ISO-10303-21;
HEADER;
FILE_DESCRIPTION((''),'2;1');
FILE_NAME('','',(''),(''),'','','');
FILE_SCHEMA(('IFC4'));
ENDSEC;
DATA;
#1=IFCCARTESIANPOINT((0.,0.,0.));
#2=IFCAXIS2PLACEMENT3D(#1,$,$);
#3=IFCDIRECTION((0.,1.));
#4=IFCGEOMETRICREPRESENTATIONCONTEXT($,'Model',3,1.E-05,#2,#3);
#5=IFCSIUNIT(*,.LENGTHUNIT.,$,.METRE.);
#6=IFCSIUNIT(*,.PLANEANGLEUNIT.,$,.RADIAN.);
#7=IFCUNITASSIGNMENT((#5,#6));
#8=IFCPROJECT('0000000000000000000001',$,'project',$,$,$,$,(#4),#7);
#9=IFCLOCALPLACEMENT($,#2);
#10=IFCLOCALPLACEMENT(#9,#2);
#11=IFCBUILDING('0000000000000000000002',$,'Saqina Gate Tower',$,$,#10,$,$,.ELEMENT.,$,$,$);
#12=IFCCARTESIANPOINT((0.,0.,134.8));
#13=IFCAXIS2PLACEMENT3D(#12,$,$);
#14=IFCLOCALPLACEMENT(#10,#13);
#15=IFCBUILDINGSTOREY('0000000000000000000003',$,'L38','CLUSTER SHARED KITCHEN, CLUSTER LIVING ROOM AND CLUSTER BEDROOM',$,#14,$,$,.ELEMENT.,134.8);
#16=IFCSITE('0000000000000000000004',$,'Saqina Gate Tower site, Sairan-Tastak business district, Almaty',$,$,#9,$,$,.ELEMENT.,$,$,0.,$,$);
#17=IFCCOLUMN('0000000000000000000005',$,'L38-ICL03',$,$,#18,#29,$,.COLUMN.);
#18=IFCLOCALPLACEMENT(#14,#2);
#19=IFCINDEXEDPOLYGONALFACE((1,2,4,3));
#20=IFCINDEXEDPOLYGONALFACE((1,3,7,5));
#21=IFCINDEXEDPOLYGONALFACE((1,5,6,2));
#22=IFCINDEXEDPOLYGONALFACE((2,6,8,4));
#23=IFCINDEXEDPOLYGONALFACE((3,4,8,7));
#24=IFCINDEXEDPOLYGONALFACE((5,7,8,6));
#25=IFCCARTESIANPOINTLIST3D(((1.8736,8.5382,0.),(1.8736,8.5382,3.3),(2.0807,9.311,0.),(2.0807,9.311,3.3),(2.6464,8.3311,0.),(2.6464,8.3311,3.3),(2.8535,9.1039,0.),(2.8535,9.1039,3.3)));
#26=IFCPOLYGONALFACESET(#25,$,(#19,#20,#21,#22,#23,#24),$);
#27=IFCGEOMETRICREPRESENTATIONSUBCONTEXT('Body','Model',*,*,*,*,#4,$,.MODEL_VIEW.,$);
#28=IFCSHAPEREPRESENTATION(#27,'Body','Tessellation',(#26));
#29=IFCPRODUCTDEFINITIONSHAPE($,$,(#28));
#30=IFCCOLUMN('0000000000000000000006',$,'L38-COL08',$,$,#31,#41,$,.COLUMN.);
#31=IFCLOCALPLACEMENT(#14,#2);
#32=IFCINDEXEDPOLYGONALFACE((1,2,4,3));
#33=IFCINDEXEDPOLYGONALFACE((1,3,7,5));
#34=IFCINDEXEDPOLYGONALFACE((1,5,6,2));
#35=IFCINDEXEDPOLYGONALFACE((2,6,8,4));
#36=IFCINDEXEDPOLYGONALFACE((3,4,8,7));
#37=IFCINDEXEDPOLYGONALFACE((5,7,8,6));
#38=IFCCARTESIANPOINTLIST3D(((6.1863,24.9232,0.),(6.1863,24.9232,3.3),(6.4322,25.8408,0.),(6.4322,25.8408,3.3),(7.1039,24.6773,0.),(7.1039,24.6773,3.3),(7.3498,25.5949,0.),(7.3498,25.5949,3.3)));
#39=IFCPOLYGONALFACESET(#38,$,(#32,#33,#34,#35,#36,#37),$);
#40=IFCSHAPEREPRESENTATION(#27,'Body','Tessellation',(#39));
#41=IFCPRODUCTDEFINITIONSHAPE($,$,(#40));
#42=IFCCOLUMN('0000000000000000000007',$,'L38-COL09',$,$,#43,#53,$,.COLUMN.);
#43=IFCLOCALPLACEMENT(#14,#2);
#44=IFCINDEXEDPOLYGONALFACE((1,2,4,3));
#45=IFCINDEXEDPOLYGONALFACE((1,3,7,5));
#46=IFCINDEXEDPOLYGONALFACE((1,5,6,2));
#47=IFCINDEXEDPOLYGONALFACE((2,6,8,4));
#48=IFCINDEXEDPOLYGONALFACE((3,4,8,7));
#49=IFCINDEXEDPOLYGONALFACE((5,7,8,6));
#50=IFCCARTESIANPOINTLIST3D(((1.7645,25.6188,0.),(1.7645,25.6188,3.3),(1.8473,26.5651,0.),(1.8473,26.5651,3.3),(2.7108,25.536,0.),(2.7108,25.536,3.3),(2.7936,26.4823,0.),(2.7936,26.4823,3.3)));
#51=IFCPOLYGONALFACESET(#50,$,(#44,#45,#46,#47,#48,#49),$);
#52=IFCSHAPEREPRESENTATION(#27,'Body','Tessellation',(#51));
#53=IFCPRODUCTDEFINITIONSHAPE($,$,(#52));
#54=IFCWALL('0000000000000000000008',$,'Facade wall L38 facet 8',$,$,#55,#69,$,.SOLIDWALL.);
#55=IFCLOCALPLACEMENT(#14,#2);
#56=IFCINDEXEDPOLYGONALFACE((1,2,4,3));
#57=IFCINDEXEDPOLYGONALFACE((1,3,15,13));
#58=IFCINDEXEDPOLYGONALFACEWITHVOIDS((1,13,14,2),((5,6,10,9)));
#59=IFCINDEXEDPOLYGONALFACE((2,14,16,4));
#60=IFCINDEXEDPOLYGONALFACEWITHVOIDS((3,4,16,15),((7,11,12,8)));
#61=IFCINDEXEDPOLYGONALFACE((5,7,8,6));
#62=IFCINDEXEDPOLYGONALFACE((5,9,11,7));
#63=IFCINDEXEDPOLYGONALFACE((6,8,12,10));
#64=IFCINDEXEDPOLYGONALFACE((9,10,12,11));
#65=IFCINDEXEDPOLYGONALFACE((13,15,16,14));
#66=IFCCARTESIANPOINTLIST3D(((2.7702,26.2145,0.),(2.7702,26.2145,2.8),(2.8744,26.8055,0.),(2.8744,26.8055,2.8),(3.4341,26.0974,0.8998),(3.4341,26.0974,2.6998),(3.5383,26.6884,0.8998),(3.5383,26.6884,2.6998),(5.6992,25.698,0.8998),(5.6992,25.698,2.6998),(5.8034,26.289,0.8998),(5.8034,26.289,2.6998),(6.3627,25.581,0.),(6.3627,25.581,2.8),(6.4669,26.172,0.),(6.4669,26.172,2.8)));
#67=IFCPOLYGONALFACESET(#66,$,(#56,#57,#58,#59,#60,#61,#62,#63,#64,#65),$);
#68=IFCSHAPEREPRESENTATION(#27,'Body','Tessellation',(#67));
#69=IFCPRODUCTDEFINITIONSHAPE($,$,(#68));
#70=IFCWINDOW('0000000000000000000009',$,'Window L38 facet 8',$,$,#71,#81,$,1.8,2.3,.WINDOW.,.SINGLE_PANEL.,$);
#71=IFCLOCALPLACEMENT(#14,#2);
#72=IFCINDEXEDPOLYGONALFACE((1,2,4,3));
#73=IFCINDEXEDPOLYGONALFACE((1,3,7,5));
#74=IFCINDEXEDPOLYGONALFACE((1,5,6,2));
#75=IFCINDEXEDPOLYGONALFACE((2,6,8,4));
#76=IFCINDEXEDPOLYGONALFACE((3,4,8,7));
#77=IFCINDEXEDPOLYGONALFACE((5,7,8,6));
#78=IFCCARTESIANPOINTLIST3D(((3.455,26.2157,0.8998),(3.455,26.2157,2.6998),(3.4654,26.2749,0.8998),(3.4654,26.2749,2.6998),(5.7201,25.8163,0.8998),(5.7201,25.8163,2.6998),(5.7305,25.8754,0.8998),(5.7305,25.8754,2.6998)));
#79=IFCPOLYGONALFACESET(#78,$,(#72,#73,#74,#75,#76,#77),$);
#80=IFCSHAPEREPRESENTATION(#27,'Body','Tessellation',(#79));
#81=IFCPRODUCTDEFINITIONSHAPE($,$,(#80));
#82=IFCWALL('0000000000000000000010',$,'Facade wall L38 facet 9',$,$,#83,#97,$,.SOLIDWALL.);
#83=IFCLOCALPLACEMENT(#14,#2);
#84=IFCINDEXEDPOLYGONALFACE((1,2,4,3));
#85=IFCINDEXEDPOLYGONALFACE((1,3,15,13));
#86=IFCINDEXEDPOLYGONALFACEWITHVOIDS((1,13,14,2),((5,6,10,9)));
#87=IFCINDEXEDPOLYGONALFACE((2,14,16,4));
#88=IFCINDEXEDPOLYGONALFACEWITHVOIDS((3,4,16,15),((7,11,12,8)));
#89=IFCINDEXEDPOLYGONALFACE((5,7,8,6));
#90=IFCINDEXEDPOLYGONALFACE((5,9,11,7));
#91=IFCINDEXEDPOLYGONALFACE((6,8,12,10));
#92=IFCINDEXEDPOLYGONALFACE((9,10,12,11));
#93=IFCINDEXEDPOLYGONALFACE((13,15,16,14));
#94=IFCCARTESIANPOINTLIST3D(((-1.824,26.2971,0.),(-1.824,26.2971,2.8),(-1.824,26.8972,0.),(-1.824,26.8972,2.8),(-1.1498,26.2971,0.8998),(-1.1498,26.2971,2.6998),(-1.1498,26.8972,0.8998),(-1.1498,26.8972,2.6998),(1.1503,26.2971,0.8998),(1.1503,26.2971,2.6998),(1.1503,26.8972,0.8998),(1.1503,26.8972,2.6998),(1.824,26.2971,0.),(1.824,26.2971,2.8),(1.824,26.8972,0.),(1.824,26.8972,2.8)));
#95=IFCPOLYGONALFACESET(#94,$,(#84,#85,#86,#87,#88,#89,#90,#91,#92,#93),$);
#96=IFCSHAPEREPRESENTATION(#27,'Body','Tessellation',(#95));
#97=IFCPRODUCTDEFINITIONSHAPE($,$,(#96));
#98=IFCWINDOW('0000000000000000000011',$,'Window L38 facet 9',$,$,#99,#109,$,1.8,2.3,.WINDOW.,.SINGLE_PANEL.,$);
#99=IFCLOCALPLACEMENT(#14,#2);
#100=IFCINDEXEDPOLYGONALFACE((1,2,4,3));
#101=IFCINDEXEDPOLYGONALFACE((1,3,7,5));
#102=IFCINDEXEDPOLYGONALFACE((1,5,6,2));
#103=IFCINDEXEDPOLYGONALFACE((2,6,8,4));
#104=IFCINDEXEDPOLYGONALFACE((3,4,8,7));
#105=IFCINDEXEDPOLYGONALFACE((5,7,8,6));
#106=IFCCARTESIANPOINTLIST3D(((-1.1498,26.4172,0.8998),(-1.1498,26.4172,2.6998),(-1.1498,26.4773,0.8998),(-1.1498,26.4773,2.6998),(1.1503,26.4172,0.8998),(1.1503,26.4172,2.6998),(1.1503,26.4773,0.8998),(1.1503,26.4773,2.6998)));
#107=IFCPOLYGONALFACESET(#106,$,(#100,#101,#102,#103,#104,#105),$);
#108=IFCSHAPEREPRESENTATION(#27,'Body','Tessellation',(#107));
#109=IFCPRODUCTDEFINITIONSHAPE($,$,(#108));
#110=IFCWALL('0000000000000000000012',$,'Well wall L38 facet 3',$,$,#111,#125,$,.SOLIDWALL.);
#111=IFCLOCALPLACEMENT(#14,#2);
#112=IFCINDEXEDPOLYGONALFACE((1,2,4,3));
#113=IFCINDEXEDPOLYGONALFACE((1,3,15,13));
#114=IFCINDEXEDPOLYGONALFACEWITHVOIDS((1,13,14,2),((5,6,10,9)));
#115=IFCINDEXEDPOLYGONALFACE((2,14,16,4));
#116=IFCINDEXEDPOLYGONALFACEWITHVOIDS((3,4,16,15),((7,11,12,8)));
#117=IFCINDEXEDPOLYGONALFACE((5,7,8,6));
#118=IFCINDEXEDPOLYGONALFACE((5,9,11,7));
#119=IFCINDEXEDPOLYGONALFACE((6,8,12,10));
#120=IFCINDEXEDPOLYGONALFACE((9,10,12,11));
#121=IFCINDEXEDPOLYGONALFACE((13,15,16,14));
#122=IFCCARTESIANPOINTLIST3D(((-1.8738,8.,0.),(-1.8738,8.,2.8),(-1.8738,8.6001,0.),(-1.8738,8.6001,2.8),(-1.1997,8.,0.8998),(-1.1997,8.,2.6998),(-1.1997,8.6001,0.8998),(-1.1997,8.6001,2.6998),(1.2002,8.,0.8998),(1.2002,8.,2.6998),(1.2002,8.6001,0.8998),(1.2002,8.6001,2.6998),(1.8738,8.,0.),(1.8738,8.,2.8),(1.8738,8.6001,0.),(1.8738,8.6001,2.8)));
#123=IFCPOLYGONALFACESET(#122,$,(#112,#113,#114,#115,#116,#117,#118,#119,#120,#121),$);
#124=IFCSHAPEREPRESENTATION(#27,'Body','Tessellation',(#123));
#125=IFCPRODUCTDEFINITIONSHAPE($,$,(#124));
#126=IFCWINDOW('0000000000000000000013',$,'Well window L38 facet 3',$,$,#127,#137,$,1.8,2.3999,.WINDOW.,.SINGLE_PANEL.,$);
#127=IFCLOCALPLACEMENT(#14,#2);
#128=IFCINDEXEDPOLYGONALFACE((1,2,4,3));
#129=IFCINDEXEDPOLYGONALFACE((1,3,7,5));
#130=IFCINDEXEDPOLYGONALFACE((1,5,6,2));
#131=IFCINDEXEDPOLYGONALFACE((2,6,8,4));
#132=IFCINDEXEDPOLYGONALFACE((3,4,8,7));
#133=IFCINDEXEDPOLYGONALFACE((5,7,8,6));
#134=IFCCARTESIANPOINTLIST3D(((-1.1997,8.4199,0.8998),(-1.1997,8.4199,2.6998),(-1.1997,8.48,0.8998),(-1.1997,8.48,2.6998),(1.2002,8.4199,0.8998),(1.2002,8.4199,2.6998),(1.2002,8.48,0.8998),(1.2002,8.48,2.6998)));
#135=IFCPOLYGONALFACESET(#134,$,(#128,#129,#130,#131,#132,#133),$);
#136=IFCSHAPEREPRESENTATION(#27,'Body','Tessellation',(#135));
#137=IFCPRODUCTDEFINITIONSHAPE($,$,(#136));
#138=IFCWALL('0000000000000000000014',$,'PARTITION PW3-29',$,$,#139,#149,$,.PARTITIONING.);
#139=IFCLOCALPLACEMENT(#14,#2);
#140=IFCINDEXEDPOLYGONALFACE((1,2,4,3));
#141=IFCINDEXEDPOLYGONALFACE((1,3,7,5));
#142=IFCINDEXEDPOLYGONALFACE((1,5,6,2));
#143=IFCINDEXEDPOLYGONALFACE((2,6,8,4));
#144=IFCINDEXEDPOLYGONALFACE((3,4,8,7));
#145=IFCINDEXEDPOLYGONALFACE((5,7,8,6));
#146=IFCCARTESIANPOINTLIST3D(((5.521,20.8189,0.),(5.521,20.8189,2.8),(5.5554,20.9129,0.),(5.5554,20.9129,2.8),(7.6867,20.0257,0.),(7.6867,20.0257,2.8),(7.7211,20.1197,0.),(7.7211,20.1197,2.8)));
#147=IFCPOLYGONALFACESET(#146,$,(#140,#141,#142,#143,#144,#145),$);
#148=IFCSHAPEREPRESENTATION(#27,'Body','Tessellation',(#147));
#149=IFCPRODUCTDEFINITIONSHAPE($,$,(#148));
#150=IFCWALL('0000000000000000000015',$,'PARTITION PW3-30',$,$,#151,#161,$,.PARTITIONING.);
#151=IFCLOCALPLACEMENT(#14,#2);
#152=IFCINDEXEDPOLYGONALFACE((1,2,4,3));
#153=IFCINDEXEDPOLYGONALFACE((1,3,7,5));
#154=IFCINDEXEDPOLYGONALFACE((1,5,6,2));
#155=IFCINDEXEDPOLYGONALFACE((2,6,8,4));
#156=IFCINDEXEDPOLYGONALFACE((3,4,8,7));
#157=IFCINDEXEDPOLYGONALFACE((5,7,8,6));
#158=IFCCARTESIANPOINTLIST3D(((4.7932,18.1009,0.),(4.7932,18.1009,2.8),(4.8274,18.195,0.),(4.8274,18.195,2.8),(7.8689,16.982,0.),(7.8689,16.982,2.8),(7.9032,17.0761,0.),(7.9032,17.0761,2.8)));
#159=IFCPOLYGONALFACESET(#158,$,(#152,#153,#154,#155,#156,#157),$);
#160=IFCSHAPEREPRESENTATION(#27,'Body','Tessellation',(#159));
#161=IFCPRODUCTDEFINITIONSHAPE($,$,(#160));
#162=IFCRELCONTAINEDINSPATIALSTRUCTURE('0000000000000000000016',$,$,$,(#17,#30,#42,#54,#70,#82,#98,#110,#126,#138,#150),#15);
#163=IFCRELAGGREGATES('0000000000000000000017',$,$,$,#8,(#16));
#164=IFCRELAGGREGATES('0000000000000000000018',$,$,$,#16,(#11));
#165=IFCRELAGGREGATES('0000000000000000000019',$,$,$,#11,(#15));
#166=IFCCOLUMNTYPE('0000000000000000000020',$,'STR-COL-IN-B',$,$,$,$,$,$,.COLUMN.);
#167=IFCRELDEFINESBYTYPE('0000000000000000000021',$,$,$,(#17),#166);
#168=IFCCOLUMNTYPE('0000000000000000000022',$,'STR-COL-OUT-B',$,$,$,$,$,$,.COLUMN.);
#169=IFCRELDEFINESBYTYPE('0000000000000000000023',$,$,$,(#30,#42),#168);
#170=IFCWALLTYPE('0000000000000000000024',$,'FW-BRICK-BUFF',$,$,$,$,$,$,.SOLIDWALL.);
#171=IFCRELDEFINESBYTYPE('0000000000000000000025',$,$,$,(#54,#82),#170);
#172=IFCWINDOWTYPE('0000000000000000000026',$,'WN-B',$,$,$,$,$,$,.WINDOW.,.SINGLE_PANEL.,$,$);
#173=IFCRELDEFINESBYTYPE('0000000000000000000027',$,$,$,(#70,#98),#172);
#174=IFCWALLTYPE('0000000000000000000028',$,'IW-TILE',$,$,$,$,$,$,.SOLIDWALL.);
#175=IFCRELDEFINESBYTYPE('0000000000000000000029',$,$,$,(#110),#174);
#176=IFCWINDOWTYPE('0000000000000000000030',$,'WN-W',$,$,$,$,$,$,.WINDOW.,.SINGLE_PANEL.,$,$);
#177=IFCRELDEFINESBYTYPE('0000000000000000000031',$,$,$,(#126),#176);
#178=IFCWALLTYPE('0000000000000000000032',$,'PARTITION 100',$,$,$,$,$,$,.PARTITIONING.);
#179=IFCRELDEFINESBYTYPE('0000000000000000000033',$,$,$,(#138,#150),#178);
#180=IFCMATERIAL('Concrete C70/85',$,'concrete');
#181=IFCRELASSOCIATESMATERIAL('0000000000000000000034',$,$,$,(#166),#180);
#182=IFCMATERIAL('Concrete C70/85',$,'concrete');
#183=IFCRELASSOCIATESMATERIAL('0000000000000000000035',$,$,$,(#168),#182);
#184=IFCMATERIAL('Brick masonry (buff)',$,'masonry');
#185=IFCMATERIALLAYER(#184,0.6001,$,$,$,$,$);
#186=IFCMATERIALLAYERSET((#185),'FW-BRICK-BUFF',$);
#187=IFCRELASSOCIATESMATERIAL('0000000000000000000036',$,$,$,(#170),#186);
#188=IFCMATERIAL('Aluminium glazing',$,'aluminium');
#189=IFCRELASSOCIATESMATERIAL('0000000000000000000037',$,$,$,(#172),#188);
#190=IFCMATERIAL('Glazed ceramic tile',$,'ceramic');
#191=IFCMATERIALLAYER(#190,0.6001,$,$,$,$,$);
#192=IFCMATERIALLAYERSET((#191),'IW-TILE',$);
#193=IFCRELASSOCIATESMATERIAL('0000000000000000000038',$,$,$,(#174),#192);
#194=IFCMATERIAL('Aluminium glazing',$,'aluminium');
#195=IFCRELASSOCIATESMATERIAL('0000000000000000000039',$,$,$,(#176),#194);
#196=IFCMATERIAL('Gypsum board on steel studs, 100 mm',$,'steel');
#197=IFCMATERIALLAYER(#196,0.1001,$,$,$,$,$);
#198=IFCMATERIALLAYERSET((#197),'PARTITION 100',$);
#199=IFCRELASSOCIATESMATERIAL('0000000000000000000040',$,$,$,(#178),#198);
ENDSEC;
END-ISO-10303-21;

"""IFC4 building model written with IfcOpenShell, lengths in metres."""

from ifc_helpers import new_model, si_unit, direction, frame, frame_2d, origin, origin_2d, place, context, subcontext, project, spatial, rectangle, extrude, material, layer, layer_set, material_profile, profile_set, type_object, element, fill, save


model = new_model("IFC4")

# Units and contexts
model_context = context("Model", 3, precision=1e-05, world=origin(), true_north=direction((0.0, 1.0)))
body_context = subcontext(model_context, "Body", "Model", "MODEL_VIEW")
ifc_project = project(units=[si_unit("LENGTHUNIT", "METRE"), si_unit("PLANEANGLEUNIT", "RADIAN")], contexts=[model_context])

# Site, building, storey
site_placement = place(None, origin())
site = spatial("IfcSite", under=ifc_project, at=site_placement, Name="Saqina Gate Tower site, Sairan-Tastak business district, Almaty", CompositionType="ELEMENT", RefElevation=0.0)
building_placement = place(site_placement, origin())
building = spatial("IfcBuilding", under=site, at=building_placement, Name="Saqina Gate Tower", CompositionType="ELEMENT")
storey_placement = place(building_placement, frame((0.0, 0.0, 134.8)))
storey = spatial("IfcBuildingStorey", under=building, at=storey_placement, Name="L38", Description="CLUSTER SHARED KITCHEN, CLUSTER LIVING ROOM AND CLUSTER BEDROOM", CompositionType="ELEMENT", Elevation=134.8)

# Columns
ifc_material_1 = material(Name="Concrete C70/85", Category="concrete")
ifc_material_profile_1 = material_profile(ifc_material_1, rectangle(XDim=0.8, YDim=0.8, at=origin_2d()), Name="RC 800x800")
ifc_profile_set_1 = profile_set([ifc_material_profile_1], Name="Concrete C70/85")
column_type_1 = type_object("IfcColumnType", Name="STR-COL-IN-B", PredefinedType="COLUMN", material=ifc_profile_set_1)
column_placement = place(storey_placement, frame((2.3635, 8.821, 0.0), z_axis=(0.0, 0.0, 1.0), x_axis=(0.258819, 0.965926, 0.0)))
element("IfcColumn", 1, at=column_placement, inside=storey, type_object=column_type_1, Name="L38-ICL03", PredefinedType="COLUMN", context=body_context, shape_type="SweptSolid", body=[
    extrude(rectangle(XDim=0.8, YDim=0.8, at=origin_2d()), origin(), (0.0, 0.0, 1.0), 3.3),
])
ifc_material_2 = material(Name="Concrete C70/85", Category="concrete")
ifc_material_profile_2 = material_profile(ifc_material_2, rectangle(XDim=0.95, YDim=0.95, at=origin_2d()), Name="RC 950x950")
ifc_profile_set_2 = profile_set([ifc_material_profile_2], Name="Concrete C70/85")
column_type_2 = type_object("IfcColumnType", Name="STR-COL-OUT-B", PredefinedType="COLUMN", material=ifc_profile_set_2)
for number, where, z_axis, x_axis, name in (
    (2, (6.7681, 25.259, 0.0), (0.0, 0.0, 1.0), (0.258819, 0.965926, 0.0), "L38-COL08"),
    (3, (2.2791, 26.0505, 0.0), (0.0, 0.0, 1.0), (0.087156, 0.996195, 0.0), "L38-COL09"),
):
    element("IfcColumn", number, at=place(storey_placement, frame(where, z_axis=z_axis, x_axis=x_axis)), inside=storey, type_object=column_type_2, Name=name, PredefinedType="COLUMN", context=body_context, shape_type="SweptSolid", body=[
        extrude(rectangle(XDim=0.95, YDim=0.95, at=origin_2d()), origin(), (0.0, 0.0, 1.0), 3.3),
    ])

# Walls, openings, windows
ifc_material_3 = material(Name="Brick masonry (buff)", Category="masonry")
ifc_layer_1 = layer(ifc_material_3, 0.6001)
ifc_layer_set_1 = layer_set([ifc_layer_1], Name="FW-BRICK-BUFF")
wall_type_1 = type_object("IfcWallType", Name="FW-BRICK-BUFF", PredefinedType="SOLIDWALL", material=ifc_layer_set_1)
wall_1_placement = place(storey_placement, frame((6.4148, 25.8765, 0.0), z_axis=(0.0, 0.0, 1.0), x_axis=(-0.984804, 0.173671, 0.0)))
wall_1 = element("IfcWall", 4, at=wall_1_placement, inside=storey, type_object=wall_type_1, Name="Facade wall L38 facet 8", PredefinedType="SOLIDWALL", context=body_context, shape_type="SweptSolid", body=[
    extrude(rectangle(XDim=3.6479, YDim=0.6001, at=frame_2d((1.824, 0.0))), origin(), (0.0, 0.0, 1.0), 2.8),
])
opening_1_placement = place(wall_1_placement, frame((0.6738, 0.0, 0.8999)))
opening_1 = element("IfcOpeningElement", 5, at=opening_1_placement, cuts=wall_1, PredefinedType="OPENING", context=body_context, shape_type="SweptSolid", body=[
    extrude(rectangle(XDim=2.3, YDim=1.8, at=frame_2d((1.1499, 0.8999))), frame((0.0, 0.312, 0.0), z_axis=(0.0, -1.0, 0.0), x_axis=(1.0, 0.0, 0.0)), (0.0, 0.0, 1.0), 0.624),
])
ifc_material_4 = material(Name="Aluminium glazing", Category="aluminium")
window_type_1 = type_object("IfcWindowType", Name="WN-B", PartitioningType="SINGLE_PANEL", PredefinedType="WINDOW", material=ifc_material_4)
window_1_placement = place(opening_1_placement, origin())
window_1 = element("IfcWindow", 6, at=window_1_placement, inside=storey, type_object=window_type_1, Name="Window L38 facet 8", OverallHeight=1.8, OverallWidth=2.3, PartitioningType="SINGLE_PANEL", PredefinedType="WINDOW", context=body_context, shape_type="SweptSolid", body=[
    extrude(rectangle(XDim=2.3, YDim=1.8, at=frame_2d((1.1499, 0.8999))), frame((0.0, 0.1799, 0.0), z_axis=(0.0, -1.0, 0.0), x_axis=(1.0, 0.0, 0.0)), (0.0, 0.0, 1.0), 0.0601),
])
fill(opening_1, window_1)
wall_2_placement = place(storey_placement, frame((1.824, 26.5972, 0.0), z_axis=(0.0, 0.0, 1.0), x_axis=(-1.0, 0.0, 0.0)))
wall_2 = element("IfcWall", 7, at=wall_2_placement, inside=storey, type_object=wall_type_1, Name="Facade wall L38 facet 9", PredefinedType="SOLIDWALL", context=body_context, shape_type="SweptSolid", body=[
    extrude(rectangle(XDim=3.6479, YDim=0.6001, at=frame_2d((1.824, 0.0))), origin(), (0.0, 0.0, 1.0), 2.8),
])
opening_2_placement = place(wall_2_placement, frame((0.6738, 0.0, 0.8999)))
opening_2 = element("IfcOpeningElement", 8, at=opening_2_placement, cuts=wall_2, PredefinedType="OPENING", context=body_context, shape_type="SweptSolid", body=[
    extrude(rectangle(XDim=2.3, YDim=1.8, at=frame_2d((1.1499, 0.8999))), frame((0.0, 0.312, 0.0), z_axis=(0.0, -1.0, 0.0), x_axis=(1.0, 0.0, 0.0)), (0.0, 0.0, 1.0), 0.624),
])
window_2_placement = place(opening_2_placement, origin())
window_2 = element("IfcWindow", 9, at=window_2_placement, inside=storey, type_object=window_type_1, Name="Window L38 facet 9", OverallHeight=1.8, OverallWidth=2.3, PartitioningType="SINGLE_PANEL", PredefinedType="WINDOW", context=body_context, shape_type="SweptSolid", body=[
    extrude(rectangle(XDim=2.3, YDim=1.8, at=frame_2d((1.1499, 0.8999))), frame((0.0, 0.1799, 0.0), z_axis=(0.0, -1.0, 0.0), x_axis=(1.0, 0.0, 0.0)), (0.0, 0.0, 1.0), 0.0601),
])
fill(opening_2, window_2)
ifc_material_5 = material(Name="Glazed ceramic tile", Category="ceramic")
ifc_layer_2 = layer(ifc_material_5, 0.6001)
ifc_layer_set_2 = layer_set([ifc_layer_2], Name="IW-TILE")
wall_type_2 = type_object("IfcWallType", Name="IW-TILE", PredefinedType="SOLIDWALL", material=ifc_layer_set_2)
wall_3_placement = place(storey_placement, frame((1.8738, 8.3, 0.0), z_axis=(0.0, 0.0, 1.0), x_axis=(-1.0, 0.0, 0.0)))
wall_3 = element("IfcWall", 10, at=wall_3_placement, inside=storey, type_object=wall_type_2, Name="Well wall L38 facet 3", PredefinedType="SOLIDWALL", context=body_context, shape_type="SweptSolid", body=[
    extrude(rectangle(XDim=3.7476, YDim=0.6001, at=frame_2d((1.8738, 0.0))), origin(), (0.0, 0.0, 1.0), 2.8),
])
opening_3_placement = place(wall_3_placement, frame((0.6736, 0.0, 0.8999)))
opening_3 = element("IfcOpeningElement", 11, at=opening_3_placement, cuts=wall_3, PredefinedType="OPENING", context=body_context, shape_type="SweptSolid", body=[
    extrude(rectangle(XDim=2.3999, YDim=1.8, at=frame_2d((1.2, 0.8999))), frame((0.0, 0.312, 0.0), z_axis=(0.0, -1.0, 0.0), x_axis=(1.0, 0.0, 0.0)), (0.0, 0.0, 1.0), 0.624),
])
ifc_material_6 = material(Name="Aluminium glazing", Category="aluminium")
window_type_2 = type_object("IfcWindowType", Name="WN-W", PartitioningType="SINGLE_PANEL", PredefinedType="WINDOW", material=ifc_material_6)
window_3_placement = place(opening_3_placement, origin())
window_3 = element("IfcWindow", 12, at=window_3_placement, inside=storey, type_object=window_type_2, Name="Well window L38 facet 3", OverallHeight=1.8, OverallWidth=2.3999, PartitioningType="SINGLE_PANEL", PredefinedType="WINDOW", context=body_context, shape_type="SweptSolid", body=[
    extrude(rectangle(XDim=2.3999, YDim=1.8, at=frame_2d((1.2, 0.8999))), frame((0.0, -0.1199, 0.0), z_axis=(0.0, -1.0, 0.0), x_axis=(1.0, 0.0, 0.0)), (0.0, 0.0, 1.0), 0.0601),
])
fill(opening_3, window_3)

# Walls
ifc_material_7 = material(Name="Gypsum board on steel studs, 100 mm", Category="steel")
ifc_layer_3 = layer(ifc_material_7, 0.1001)
ifc_layer_set_3 = layer_set([ifc_layer_3], Name="PARTITION 100")
wall_type_3 = type_object("IfcWallType", Name="PARTITION 100", PredefinedType="PARTITIONING", material=ifc_layer_set_3)
wall_4_placement = place(storey_placement, frame((5.5381, 20.866, 0.0), z_axis=(0.0, 0.0, 1.0), x_axis=(0.939003, -0.343909, 0.0)))
element("IfcWall", 13, at=wall_4_placement, inside=storey, type_object=wall_type_3, Name="PARTITION PW3-29", PredefinedType="PARTITIONING", context=body_context, shape_type="SweptSolid", body=[
    extrude(rectangle(XDim=2.3064, YDim=0.1001, at=frame_2d((1.1533, 0.0))), origin(), (0.0, 0.0, 1.0), 2.8),
])
wall_5_placement = place(storey_placement, frame((4.8103, 18.1479, 0.0), z_axis=(0.0, 0.0, 1.0), x_axis=(0.939748, -0.341869, 0.0)))
element("IfcWall", 14, at=wall_5_placement, inside=storey, type_object=wall_type_3, Name="PARTITION PW3-30", PredefinedType="PARTITIONING", context=body_context, shape_type="SweptSolid", body=[
    extrude(rectangle(XDim=3.2729, YDim=0.1001, at=frame_2d((1.6365, 0.0))), origin(), (0.0, 0.0, 1.0), 2.8),
])

save(model, "model.ifc")
